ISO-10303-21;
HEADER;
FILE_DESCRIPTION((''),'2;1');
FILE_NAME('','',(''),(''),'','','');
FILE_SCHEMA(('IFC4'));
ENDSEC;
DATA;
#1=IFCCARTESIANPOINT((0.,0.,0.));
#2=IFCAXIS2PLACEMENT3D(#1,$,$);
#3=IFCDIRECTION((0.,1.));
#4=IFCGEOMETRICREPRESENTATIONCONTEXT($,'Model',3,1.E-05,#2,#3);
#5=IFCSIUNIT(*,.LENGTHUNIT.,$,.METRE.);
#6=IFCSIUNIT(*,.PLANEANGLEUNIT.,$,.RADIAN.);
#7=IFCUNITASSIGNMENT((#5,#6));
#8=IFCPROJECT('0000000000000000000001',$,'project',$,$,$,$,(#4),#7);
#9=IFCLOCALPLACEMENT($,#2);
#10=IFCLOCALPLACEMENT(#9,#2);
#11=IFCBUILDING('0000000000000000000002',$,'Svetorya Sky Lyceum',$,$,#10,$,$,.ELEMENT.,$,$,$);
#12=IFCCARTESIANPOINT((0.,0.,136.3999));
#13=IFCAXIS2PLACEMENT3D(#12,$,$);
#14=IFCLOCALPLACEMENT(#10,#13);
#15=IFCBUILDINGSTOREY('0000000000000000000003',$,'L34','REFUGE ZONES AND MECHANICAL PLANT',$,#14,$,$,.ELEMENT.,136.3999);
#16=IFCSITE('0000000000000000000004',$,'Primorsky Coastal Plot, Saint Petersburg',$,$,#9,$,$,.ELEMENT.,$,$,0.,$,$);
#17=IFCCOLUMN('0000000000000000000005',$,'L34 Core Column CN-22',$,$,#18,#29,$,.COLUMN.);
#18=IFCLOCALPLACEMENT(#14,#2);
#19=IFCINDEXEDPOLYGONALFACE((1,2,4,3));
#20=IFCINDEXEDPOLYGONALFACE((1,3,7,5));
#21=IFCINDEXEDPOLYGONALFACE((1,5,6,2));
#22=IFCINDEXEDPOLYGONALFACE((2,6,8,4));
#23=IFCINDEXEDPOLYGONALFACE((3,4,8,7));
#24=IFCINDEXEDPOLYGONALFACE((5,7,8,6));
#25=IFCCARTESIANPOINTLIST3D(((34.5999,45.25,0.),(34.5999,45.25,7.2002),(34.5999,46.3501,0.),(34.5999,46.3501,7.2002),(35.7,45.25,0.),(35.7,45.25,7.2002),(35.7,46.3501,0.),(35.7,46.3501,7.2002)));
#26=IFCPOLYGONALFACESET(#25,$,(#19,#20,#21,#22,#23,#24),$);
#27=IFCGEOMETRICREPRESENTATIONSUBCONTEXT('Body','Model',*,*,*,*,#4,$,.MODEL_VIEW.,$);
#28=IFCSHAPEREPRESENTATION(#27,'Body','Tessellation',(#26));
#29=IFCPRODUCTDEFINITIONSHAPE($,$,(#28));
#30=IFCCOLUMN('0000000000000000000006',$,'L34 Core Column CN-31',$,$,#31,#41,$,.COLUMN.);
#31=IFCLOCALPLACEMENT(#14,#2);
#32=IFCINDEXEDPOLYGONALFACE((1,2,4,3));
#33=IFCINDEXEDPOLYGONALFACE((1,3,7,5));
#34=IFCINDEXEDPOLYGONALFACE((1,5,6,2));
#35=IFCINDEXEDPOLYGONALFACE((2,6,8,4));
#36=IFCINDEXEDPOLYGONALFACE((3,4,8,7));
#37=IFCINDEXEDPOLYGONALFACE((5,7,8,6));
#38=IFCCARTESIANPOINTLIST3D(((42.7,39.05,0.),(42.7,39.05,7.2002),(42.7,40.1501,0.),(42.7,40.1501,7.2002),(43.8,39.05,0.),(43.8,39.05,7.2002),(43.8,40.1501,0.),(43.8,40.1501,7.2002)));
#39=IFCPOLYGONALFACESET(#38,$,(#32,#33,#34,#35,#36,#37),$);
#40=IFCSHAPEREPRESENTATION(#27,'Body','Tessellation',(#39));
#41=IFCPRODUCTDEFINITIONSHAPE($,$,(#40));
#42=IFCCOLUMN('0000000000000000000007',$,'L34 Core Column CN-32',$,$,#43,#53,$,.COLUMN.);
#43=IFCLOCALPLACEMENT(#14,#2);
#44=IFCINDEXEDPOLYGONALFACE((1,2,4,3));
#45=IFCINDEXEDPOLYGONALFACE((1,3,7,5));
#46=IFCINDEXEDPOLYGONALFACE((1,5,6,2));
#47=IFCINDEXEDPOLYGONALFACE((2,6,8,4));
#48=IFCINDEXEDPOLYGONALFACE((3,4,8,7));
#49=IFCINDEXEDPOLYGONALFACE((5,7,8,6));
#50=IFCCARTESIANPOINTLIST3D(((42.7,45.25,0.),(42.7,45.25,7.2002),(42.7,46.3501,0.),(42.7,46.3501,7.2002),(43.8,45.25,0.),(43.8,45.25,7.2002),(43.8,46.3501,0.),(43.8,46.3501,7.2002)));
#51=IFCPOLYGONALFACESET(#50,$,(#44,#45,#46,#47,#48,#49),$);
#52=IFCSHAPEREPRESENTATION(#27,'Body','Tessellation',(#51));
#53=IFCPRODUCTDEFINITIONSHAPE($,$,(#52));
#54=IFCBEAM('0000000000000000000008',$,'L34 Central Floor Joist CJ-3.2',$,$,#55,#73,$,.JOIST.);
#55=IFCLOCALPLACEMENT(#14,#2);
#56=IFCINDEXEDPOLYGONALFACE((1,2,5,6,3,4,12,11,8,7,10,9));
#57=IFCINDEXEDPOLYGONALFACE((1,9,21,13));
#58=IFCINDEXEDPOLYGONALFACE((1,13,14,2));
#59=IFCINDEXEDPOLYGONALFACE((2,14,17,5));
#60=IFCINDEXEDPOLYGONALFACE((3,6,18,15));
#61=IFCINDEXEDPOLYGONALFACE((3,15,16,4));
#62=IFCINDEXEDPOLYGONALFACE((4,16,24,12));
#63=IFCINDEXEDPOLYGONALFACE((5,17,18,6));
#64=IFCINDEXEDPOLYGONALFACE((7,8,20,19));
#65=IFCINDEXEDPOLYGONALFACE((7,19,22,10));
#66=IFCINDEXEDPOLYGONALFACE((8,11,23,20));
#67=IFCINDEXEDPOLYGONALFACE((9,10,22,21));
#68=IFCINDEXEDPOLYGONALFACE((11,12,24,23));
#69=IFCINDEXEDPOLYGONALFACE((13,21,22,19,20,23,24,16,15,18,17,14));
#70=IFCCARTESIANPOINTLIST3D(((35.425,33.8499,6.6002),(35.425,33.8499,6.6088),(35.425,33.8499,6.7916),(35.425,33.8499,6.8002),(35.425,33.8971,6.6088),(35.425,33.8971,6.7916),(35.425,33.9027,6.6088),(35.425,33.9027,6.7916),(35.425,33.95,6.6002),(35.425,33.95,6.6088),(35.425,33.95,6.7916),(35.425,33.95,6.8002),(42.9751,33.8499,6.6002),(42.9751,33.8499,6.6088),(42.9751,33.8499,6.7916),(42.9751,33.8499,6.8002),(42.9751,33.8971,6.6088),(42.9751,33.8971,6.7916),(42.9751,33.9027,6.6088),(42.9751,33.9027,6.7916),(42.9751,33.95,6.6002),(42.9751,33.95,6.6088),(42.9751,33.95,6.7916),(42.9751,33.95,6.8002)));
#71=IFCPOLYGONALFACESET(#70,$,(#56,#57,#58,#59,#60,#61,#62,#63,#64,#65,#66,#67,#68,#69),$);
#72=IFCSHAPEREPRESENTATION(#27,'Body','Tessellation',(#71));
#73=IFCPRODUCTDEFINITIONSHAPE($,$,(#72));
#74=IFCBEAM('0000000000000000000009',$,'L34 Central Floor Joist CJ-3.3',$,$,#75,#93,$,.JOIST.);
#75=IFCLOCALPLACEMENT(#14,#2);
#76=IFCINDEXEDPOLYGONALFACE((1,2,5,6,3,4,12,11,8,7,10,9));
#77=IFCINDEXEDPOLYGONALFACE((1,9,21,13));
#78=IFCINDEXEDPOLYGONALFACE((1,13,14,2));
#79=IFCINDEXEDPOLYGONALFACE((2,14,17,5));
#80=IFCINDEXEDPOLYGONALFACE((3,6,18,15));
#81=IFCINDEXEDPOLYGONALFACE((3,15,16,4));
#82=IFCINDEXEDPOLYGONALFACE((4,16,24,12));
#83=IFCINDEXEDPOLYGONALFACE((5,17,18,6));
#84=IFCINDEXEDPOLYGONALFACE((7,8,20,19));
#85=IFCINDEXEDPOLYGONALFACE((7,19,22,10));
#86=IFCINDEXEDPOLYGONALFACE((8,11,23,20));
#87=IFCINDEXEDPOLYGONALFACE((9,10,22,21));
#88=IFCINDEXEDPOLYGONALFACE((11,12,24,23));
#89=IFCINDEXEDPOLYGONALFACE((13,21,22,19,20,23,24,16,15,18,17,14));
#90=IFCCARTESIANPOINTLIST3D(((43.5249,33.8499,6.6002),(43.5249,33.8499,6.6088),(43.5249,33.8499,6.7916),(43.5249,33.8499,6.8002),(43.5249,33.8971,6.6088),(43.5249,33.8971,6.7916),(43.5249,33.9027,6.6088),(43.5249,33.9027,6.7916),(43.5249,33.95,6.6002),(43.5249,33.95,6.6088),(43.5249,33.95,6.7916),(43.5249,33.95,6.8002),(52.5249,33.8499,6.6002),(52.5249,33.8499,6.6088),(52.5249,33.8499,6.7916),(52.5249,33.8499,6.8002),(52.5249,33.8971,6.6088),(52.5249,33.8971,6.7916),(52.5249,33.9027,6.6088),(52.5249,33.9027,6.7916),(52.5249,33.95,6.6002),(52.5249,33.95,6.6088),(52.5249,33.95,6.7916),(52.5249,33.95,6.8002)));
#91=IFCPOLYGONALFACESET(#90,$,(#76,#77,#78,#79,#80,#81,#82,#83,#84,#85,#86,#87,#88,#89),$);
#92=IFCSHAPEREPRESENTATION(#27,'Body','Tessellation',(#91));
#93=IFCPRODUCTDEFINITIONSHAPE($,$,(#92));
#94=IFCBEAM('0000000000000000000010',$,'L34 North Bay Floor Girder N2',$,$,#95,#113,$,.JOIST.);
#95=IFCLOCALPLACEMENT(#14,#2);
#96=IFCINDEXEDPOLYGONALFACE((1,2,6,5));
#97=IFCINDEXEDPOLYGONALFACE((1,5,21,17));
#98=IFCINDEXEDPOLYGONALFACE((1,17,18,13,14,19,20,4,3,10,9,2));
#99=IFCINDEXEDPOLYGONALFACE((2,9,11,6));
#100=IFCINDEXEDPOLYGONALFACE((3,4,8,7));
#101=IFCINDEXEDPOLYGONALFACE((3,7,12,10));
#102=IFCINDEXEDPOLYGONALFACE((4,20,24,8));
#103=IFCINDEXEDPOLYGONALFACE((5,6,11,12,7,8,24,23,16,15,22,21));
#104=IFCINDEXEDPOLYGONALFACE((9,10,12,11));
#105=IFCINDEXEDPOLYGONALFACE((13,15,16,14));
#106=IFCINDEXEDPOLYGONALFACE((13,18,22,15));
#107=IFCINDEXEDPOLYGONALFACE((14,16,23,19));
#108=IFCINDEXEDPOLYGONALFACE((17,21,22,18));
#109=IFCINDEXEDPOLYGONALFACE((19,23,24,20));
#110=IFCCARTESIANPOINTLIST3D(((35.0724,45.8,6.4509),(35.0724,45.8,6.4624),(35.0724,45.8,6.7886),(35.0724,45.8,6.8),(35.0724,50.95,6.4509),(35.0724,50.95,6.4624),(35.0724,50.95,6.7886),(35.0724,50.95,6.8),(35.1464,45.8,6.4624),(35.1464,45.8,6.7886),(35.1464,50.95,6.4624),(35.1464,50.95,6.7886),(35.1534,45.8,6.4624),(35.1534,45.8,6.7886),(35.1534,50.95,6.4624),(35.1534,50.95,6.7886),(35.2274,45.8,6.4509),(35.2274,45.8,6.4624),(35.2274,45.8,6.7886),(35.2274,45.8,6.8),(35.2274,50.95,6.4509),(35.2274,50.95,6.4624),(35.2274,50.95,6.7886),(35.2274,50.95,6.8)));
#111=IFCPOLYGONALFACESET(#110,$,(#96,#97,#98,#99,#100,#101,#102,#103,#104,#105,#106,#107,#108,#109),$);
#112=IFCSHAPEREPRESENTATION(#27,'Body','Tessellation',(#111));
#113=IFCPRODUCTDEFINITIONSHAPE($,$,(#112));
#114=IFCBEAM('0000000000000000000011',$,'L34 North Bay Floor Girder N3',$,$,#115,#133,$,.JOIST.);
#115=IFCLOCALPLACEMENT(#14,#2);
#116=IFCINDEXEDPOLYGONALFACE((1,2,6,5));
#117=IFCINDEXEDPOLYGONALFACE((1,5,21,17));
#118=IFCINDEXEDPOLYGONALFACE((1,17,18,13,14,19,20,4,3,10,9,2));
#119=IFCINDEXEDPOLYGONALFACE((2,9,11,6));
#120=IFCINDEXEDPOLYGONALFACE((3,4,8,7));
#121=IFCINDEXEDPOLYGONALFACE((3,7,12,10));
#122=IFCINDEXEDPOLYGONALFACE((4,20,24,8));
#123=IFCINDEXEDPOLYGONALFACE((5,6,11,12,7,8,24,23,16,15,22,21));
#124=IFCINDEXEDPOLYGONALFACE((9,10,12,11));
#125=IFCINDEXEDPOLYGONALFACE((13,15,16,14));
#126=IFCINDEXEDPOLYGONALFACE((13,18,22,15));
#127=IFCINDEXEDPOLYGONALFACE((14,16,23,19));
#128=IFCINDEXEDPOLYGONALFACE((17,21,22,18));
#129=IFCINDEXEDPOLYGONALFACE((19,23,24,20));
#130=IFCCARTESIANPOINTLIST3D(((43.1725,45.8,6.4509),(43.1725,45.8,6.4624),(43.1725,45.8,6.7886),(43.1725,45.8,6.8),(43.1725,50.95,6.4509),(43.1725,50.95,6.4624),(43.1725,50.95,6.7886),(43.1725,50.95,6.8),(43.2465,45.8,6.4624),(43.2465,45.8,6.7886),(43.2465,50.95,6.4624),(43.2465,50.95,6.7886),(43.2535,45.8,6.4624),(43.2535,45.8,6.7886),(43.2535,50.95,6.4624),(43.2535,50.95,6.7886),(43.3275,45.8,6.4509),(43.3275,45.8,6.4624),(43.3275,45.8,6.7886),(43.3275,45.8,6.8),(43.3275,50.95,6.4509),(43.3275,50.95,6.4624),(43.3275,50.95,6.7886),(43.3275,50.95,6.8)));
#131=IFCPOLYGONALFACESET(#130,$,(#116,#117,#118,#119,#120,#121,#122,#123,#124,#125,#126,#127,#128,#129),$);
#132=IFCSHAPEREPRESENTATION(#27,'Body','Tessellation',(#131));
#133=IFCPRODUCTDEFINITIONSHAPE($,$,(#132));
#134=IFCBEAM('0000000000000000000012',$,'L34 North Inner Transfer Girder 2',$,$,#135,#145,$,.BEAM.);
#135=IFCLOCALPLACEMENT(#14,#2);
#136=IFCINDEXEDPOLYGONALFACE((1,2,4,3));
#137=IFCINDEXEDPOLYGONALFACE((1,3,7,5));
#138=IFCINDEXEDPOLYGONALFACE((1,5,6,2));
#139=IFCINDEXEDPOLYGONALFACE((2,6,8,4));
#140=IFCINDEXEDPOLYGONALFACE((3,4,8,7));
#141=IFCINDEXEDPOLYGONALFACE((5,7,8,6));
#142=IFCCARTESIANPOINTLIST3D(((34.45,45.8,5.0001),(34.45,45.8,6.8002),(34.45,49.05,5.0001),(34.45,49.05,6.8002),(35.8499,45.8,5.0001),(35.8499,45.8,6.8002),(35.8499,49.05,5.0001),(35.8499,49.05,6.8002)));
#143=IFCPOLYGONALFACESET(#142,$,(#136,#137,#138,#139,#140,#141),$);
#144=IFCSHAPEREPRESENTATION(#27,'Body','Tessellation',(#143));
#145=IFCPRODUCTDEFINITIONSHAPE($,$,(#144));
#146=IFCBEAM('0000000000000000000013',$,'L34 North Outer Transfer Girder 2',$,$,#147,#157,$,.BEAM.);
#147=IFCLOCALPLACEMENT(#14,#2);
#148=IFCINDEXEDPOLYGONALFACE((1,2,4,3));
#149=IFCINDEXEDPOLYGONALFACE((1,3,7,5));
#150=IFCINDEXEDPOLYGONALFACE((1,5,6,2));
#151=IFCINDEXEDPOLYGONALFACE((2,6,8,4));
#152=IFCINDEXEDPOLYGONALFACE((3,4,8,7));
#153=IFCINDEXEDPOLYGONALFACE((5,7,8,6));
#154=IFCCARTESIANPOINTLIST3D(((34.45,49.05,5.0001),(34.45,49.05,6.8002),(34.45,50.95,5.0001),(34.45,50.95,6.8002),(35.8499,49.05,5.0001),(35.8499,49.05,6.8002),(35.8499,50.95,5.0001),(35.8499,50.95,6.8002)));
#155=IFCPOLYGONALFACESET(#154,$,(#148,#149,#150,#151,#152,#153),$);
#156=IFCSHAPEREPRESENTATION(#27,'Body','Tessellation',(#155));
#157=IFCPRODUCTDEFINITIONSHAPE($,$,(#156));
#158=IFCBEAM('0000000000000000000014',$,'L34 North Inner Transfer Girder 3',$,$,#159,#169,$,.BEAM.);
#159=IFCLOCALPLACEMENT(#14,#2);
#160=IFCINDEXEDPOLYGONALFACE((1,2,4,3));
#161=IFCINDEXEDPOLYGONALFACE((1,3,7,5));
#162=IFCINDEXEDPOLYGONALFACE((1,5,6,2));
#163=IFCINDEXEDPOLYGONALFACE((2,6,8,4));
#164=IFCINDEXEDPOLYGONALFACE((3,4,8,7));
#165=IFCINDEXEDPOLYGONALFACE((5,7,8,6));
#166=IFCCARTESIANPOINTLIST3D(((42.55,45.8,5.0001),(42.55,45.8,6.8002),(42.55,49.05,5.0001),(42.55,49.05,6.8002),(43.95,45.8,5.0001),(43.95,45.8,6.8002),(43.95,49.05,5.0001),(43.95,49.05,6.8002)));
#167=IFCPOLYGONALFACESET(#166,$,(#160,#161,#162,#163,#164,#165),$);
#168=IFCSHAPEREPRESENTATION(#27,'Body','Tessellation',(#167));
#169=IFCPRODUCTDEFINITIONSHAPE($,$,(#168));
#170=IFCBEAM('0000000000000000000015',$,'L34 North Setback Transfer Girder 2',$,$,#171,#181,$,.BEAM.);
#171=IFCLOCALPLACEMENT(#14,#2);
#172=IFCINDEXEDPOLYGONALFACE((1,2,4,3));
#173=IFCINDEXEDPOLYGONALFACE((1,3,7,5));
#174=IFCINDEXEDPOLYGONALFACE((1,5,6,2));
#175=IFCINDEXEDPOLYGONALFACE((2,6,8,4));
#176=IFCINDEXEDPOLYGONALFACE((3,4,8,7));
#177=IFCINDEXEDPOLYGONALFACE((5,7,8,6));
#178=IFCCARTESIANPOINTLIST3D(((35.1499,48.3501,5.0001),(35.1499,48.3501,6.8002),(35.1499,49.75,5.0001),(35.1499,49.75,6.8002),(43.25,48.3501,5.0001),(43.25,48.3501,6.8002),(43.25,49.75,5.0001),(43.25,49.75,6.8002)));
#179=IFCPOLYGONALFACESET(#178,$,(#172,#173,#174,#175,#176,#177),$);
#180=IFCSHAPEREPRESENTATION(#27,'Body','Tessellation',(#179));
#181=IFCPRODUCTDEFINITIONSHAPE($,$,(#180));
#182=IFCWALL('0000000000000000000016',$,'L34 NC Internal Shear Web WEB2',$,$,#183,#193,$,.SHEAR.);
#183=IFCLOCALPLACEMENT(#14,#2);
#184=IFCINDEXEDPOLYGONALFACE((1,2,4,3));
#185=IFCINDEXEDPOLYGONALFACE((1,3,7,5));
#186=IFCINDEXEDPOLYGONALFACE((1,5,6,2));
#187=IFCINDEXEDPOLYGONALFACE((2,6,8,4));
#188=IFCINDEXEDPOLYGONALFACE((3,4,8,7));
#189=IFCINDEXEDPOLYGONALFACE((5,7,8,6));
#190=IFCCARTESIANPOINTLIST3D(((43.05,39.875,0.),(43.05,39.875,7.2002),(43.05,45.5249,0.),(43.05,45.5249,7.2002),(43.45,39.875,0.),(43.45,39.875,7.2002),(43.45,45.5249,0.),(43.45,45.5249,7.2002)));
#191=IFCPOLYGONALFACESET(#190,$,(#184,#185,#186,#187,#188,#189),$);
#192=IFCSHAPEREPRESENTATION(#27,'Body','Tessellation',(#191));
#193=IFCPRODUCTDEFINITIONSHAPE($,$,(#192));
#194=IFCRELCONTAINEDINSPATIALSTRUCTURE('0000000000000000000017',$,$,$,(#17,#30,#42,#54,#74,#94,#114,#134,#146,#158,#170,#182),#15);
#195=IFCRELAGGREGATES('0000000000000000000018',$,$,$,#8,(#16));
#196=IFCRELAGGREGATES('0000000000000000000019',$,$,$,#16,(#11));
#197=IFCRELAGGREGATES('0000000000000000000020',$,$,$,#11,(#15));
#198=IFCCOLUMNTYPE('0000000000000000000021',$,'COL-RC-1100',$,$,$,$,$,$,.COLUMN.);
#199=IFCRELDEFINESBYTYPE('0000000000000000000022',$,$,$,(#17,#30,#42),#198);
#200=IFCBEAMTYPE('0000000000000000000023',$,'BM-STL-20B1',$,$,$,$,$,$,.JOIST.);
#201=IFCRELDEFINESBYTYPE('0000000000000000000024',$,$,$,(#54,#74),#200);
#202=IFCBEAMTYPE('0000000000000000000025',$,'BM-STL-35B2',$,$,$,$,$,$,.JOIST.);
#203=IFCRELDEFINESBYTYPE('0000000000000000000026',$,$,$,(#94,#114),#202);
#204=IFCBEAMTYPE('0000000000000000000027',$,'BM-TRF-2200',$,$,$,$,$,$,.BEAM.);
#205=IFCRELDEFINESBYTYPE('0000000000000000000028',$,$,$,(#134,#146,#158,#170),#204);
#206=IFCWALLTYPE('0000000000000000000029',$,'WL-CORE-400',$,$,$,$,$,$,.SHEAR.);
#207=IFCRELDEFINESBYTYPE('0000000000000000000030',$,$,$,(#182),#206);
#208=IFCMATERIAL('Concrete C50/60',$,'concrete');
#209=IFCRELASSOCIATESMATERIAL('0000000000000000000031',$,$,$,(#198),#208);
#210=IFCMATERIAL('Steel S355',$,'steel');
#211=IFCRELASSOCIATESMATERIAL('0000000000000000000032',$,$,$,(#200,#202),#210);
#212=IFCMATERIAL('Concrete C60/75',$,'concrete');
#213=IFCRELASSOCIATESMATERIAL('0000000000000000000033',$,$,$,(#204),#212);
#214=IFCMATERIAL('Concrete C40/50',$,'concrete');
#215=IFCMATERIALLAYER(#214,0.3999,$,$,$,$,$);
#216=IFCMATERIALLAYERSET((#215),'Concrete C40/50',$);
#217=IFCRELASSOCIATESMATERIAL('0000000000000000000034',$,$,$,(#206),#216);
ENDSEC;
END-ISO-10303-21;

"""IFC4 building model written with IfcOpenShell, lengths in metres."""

from ifc_helpers import new_model, si_unit, direction, frame, frame_2d, origin, origin_2d, place, context, subcontext, project, spatial, rectangle, i_section, extrude, material, layer, layer_set, material_profile, profile_set, type_object, element, save


model = new_model("IFC4")

# Units and contexts
model_context = context("Model", 3, precision=1e-05, world=origin(), true_north=direction((0.0, 1.0)))
body_context = subcontext(model_context, "Body", "Model", "MODEL_VIEW")
ifc_project = project(units=[si_unit("LENGTHUNIT", "METRE"), si_unit("PLANEANGLEUNIT", "RADIAN")], contexts=[model_context])

# Site, building, storey
site_placement = place(None, origin())
site = spatial("IfcSite", under=ifc_project, at=site_placement, Name="Primorsky Coastal Plot, Saint Petersburg", CompositionType="ELEMENT", RefElevation=0.0)
building_placement = place(site_placement, origin())
building = spatial("IfcBuilding", under=site, at=building_placement, Name="Svetorya Sky Lyceum", CompositionType="ELEMENT")
storey_placement = place(building_placement, frame((0.0, 0.0, 136.3999)))
storey = spatial("IfcBuildingStorey", under=building, at=storey_placement, Name="L34", Description="REFUGE ZONES AND MECHANICAL PLANT", CompositionType="ELEMENT", Elevation=136.3999)

# Columns
ifc_material_1 = material(Name="Concrete C50/60", Category="concrete")
ifc_material_profile_1 = material_profile(ifc_material_1, rectangle(XDim=1.1001, YDim=1.1001, at=origin_2d()), Name="RC COL 1100x1100")
ifc_profile_set_1 = profile_set([ifc_material_profile_1], Name="Concrete C50/60")
column_type = type_object("IfcColumnType", Name="COL-RC-1100", PredefinedType="COLUMN", material=ifc_profile_set_1)
for number, where, z_axis, x_axis, name in (
    (1, (35.1499, 45.8, 0.0), (0.0, 0.0, 1.0), (1.0, 0.0, 0.0), "L34 Core Column CN-22"),
    (2, (43.25, 39.6001, 0.0), (0.0, 0.0, 1.0), (1.0, 0.0, 0.0), "L34 Core Column CN-31"),
    (3, (43.25, 45.8, 0.0), (0.0, 0.0, 1.0), (1.0, 0.0, 0.0), "L34 Core Column CN-32"),
):
    element("IfcColumn", number, at=place(storey_placement, frame(where, z_axis=z_axis, x_axis=x_axis)), inside=storey, type_object=column_type, Name=name, PredefinedType="COLUMN", context=body_context, shape_type="SweptSolid", body=[
        extrude(rectangle(XDim=1.1001, YDim=1.1001, at=origin_2d()), origin(), (0.0, 0.0, 1.0), 7.2002),
    ])

# Beams
ifc_material_2 = material(Name="Steel S355", Category="steel")
ifc_material_profile_2 = material_profile(ifc_material_2, i_section(OverallWidth=0.1001, OverallDepth=0.2, WebThickness=0.0056, FlangeThickness=0.0085, at=origin_2d()), Name="GOST 20B1")
ifc_profile_set_2 = profile_set([ifc_material_profile_2], Name="Steel S355")
beam_type_1 = type_object("IfcBeamType", Name="BM-STL-20B1", PredefinedType="JOIST", material=ifc_profile_set_2)
beam_1_placement = place(storey_placement, frame((35.425, 33.8999, 6.7002), z_axis=(1.0, 0.0, 0.0), x_axis=(0.0, 1.0, 0.0)))
element("IfcBeam", 4, at=beam_1_placement, inside=storey, type_object=beam_type_1, Name="L34 Central Floor Joist CJ-3.2", PredefinedType="JOIST", context=body_context, shape_type="SweptSolid", body=[
    extrude(i_section(OverallWidth=0.1001, OverallDepth=0.2, WebThickness=0.0056, FlangeThickness=0.0085, at=origin_2d()), origin(), (0.0, 0.0, 1.0), 7.55),
])
beam_2_placement = place(storey_placement, frame((43.5249, 33.8999, 6.7002), z_axis=(1.0, 0.0, 0.0), x_axis=(0.0, 1.0, 0.0)))
element("IfcBeam", 5, at=beam_2_placement, inside=storey, type_object=beam_type_1, Name="L34 Central Floor Joist CJ-3.3", PredefinedType="JOIST", context=body_context, shape_type="SweptSolid", body=[
    extrude(i_section(OverallWidth=0.1001, OverallDepth=0.2, WebThickness=0.0056, FlangeThickness=0.0085, at=origin_2d()), origin(), (0.0, 0.0, 1.0), 9.0),
])
ifc_material_profile_3 = material_profile(ifc_material_2, i_section(OverallWidth=0.155, OverallDepth=0.3491, WebThickness=0.0071, FlangeThickness=0.0115, at=origin_2d()), Name="GOST 35B2")
ifc_profile_set_3 = profile_set([ifc_material_profile_3], Name="Steel S355")
beam_type_2 = type_object("IfcBeamType", Name="BM-STL-35B2", PredefinedType="JOIST", material=ifc_profile_set_3)
for number, where, z_axis, x_axis, name in (
    (6, (35.1499, 45.8, 6.6255), (0.0, 1.0, 0.0), (-1.0, 0.0, 0.0), "L34 North Bay Floor Girder N2"),
    (7, (43.25, 45.8, 6.6255), (0.0, 1.0, 0.0), (-1.0, 0.0, 0.0), "L34 North Bay Floor Girder N3"),
):
    element("IfcBeam", number, at=place(storey_placement, frame(where, z_axis=z_axis, x_axis=x_axis)), inside=storey, type_object=beam_type_2, Name=name, PredefinedType="JOIST", context=body_context, shape_type="SweptSolid", body=[
        extrude(i_section(OverallWidth=0.155, OverallDepth=0.3491, WebThickness=0.0071, FlangeThickness=0.0115, at=origin_2d()), origin(), (0.0, 0.0, 1.0), 5.1499),
    ])
ifc_material_3 = material(Name="Concrete C60/75", Category="concrete")
ifc_material_profile_4 = material_profile(ifc_material_3, rectangle(XDim=1.3999, YDim=1.8, at=origin_2d()), Name="RC TRANSFER 1400x1800")
ifc_profile_set_4 = profile_set([ifc_material_profile_4], Name="Concrete C60/75")
beam_type_3 = type_object("IfcBeamType", Name="BM-TRF-2200", PredefinedType="BEAM", material=ifc_profile_set_4)
beam_3_placement = place(storey_placement, frame((35.1499, 45.8, 5.9001), z_axis=(0.0, 1.0, 0.0), x_axis=(-1.0, 0.0, 0.0)))
element("IfcBeam", 8, at=beam_3_placement, inside=storey, type_object=beam_type_3, Name="L34 North Inner Transfer Girder 2", PredefinedType="BEAM", context=body_context, shape_type="SweptSolid", body=[
    extrude(rectangle(XDim=1.3999, YDim=1.8, at=origin_2d()), origin(), (0.0, 0.0, 1.0), 3.25),
])
beam_4_placement = place(storey_placement, frame((35.1499, 49.05, 5.9001), z_axis=(0.0, 1.0, 0.0), x_axis=(-1.0, 0.0, 0.0)))
element("IfcBeam", 9, at=beam_4_placement, inside=storey, type_object=beam_type_3, Name="L34 North Outer Transfer Girder 2", PredefinedType="BEAM", context=body_context, shape_type="SweptSolid", body=[
    extrude(rectangle(XDim=1.3999, YDim=1.8, at=origin_2d()), origin(), (0.0, 0.0, 1.0), 1.8999),
])
beam_5_placement = place(storey_placement, frame((43.25, 45.8, 5.9001), z_axis=(0.0, 1.0, 0.0), x_axis=(-1.0, 0.0, 0.0)))
element("IfcBeam", 10, at=beam_5_placement, inside=storey, type_object=beam_type_3, Name="L34 North Inner Transfer Girder 3", PredefinedType="BEAM", context=body_context, shape_type="SweptSolid", body=[
    extrude(rectangle(XDim=1.3999, YDim=1.8, at=origin_2d()), origin(), (0.0, 0.0, 1.0), 3.25),
])
beam_6_placement = place(storey_placement, frame((35.1499, 49.05, 5.9001), z_axis=(1.0, 0.0, 0.0), x_axis=(0.0, 1.0, 0.0)))
element("IfcBeam", 11, at=beam_6_placement, inside=storey, type_object=beam_type_3, Name="L34 North Setback Transfer Girder 2", PredefinedType="BEAM", context=body_context, shape_type="SweptSolid", body=[
    extrude(rectangle(XDim=1.3999, YDim=1.8, at=origin_2d()), origin(), (0.0, 0.0, 1.0), 8.1001),
])

# Wall
ifc_material_4 = material(Name="Concrete C40/50", Category="concrete")
ifc_layer_1 = layer(ifc_material_4, 0.3999)
ifc_layer_set_1 = layer_set([ifc_layer_1], Name="Concrete C40/50")
wall_type_1 = type_object("IfcWallType", Name="WL-CORE-400", PredefinedType="SHEAR", material=ifc_layer_set_1)
wall_1_placement = place(storey_placement, frame((43.25, 39.875, 0.0), z_axis=(0.0, 0.0, 1.0), x_axis=(0.0, 1.0, 0.0)))
element("IfcWall", 12, at=wall_1_placement, inside=storey, type_object=wall_type_1, Name="L34 NC Internal Shear Web WEB2", PredefinedType="SHEAR", context=body_context, shape_type="SweptSolid", body=[
    extrude(rectangle(XDim=5.6499, YDim=0.3999, at=frame_2d((2.825, 0.0))), origin(), (0.0, 0.0, 1.0), 7.2002),
])

save(model, "model.ifc")
